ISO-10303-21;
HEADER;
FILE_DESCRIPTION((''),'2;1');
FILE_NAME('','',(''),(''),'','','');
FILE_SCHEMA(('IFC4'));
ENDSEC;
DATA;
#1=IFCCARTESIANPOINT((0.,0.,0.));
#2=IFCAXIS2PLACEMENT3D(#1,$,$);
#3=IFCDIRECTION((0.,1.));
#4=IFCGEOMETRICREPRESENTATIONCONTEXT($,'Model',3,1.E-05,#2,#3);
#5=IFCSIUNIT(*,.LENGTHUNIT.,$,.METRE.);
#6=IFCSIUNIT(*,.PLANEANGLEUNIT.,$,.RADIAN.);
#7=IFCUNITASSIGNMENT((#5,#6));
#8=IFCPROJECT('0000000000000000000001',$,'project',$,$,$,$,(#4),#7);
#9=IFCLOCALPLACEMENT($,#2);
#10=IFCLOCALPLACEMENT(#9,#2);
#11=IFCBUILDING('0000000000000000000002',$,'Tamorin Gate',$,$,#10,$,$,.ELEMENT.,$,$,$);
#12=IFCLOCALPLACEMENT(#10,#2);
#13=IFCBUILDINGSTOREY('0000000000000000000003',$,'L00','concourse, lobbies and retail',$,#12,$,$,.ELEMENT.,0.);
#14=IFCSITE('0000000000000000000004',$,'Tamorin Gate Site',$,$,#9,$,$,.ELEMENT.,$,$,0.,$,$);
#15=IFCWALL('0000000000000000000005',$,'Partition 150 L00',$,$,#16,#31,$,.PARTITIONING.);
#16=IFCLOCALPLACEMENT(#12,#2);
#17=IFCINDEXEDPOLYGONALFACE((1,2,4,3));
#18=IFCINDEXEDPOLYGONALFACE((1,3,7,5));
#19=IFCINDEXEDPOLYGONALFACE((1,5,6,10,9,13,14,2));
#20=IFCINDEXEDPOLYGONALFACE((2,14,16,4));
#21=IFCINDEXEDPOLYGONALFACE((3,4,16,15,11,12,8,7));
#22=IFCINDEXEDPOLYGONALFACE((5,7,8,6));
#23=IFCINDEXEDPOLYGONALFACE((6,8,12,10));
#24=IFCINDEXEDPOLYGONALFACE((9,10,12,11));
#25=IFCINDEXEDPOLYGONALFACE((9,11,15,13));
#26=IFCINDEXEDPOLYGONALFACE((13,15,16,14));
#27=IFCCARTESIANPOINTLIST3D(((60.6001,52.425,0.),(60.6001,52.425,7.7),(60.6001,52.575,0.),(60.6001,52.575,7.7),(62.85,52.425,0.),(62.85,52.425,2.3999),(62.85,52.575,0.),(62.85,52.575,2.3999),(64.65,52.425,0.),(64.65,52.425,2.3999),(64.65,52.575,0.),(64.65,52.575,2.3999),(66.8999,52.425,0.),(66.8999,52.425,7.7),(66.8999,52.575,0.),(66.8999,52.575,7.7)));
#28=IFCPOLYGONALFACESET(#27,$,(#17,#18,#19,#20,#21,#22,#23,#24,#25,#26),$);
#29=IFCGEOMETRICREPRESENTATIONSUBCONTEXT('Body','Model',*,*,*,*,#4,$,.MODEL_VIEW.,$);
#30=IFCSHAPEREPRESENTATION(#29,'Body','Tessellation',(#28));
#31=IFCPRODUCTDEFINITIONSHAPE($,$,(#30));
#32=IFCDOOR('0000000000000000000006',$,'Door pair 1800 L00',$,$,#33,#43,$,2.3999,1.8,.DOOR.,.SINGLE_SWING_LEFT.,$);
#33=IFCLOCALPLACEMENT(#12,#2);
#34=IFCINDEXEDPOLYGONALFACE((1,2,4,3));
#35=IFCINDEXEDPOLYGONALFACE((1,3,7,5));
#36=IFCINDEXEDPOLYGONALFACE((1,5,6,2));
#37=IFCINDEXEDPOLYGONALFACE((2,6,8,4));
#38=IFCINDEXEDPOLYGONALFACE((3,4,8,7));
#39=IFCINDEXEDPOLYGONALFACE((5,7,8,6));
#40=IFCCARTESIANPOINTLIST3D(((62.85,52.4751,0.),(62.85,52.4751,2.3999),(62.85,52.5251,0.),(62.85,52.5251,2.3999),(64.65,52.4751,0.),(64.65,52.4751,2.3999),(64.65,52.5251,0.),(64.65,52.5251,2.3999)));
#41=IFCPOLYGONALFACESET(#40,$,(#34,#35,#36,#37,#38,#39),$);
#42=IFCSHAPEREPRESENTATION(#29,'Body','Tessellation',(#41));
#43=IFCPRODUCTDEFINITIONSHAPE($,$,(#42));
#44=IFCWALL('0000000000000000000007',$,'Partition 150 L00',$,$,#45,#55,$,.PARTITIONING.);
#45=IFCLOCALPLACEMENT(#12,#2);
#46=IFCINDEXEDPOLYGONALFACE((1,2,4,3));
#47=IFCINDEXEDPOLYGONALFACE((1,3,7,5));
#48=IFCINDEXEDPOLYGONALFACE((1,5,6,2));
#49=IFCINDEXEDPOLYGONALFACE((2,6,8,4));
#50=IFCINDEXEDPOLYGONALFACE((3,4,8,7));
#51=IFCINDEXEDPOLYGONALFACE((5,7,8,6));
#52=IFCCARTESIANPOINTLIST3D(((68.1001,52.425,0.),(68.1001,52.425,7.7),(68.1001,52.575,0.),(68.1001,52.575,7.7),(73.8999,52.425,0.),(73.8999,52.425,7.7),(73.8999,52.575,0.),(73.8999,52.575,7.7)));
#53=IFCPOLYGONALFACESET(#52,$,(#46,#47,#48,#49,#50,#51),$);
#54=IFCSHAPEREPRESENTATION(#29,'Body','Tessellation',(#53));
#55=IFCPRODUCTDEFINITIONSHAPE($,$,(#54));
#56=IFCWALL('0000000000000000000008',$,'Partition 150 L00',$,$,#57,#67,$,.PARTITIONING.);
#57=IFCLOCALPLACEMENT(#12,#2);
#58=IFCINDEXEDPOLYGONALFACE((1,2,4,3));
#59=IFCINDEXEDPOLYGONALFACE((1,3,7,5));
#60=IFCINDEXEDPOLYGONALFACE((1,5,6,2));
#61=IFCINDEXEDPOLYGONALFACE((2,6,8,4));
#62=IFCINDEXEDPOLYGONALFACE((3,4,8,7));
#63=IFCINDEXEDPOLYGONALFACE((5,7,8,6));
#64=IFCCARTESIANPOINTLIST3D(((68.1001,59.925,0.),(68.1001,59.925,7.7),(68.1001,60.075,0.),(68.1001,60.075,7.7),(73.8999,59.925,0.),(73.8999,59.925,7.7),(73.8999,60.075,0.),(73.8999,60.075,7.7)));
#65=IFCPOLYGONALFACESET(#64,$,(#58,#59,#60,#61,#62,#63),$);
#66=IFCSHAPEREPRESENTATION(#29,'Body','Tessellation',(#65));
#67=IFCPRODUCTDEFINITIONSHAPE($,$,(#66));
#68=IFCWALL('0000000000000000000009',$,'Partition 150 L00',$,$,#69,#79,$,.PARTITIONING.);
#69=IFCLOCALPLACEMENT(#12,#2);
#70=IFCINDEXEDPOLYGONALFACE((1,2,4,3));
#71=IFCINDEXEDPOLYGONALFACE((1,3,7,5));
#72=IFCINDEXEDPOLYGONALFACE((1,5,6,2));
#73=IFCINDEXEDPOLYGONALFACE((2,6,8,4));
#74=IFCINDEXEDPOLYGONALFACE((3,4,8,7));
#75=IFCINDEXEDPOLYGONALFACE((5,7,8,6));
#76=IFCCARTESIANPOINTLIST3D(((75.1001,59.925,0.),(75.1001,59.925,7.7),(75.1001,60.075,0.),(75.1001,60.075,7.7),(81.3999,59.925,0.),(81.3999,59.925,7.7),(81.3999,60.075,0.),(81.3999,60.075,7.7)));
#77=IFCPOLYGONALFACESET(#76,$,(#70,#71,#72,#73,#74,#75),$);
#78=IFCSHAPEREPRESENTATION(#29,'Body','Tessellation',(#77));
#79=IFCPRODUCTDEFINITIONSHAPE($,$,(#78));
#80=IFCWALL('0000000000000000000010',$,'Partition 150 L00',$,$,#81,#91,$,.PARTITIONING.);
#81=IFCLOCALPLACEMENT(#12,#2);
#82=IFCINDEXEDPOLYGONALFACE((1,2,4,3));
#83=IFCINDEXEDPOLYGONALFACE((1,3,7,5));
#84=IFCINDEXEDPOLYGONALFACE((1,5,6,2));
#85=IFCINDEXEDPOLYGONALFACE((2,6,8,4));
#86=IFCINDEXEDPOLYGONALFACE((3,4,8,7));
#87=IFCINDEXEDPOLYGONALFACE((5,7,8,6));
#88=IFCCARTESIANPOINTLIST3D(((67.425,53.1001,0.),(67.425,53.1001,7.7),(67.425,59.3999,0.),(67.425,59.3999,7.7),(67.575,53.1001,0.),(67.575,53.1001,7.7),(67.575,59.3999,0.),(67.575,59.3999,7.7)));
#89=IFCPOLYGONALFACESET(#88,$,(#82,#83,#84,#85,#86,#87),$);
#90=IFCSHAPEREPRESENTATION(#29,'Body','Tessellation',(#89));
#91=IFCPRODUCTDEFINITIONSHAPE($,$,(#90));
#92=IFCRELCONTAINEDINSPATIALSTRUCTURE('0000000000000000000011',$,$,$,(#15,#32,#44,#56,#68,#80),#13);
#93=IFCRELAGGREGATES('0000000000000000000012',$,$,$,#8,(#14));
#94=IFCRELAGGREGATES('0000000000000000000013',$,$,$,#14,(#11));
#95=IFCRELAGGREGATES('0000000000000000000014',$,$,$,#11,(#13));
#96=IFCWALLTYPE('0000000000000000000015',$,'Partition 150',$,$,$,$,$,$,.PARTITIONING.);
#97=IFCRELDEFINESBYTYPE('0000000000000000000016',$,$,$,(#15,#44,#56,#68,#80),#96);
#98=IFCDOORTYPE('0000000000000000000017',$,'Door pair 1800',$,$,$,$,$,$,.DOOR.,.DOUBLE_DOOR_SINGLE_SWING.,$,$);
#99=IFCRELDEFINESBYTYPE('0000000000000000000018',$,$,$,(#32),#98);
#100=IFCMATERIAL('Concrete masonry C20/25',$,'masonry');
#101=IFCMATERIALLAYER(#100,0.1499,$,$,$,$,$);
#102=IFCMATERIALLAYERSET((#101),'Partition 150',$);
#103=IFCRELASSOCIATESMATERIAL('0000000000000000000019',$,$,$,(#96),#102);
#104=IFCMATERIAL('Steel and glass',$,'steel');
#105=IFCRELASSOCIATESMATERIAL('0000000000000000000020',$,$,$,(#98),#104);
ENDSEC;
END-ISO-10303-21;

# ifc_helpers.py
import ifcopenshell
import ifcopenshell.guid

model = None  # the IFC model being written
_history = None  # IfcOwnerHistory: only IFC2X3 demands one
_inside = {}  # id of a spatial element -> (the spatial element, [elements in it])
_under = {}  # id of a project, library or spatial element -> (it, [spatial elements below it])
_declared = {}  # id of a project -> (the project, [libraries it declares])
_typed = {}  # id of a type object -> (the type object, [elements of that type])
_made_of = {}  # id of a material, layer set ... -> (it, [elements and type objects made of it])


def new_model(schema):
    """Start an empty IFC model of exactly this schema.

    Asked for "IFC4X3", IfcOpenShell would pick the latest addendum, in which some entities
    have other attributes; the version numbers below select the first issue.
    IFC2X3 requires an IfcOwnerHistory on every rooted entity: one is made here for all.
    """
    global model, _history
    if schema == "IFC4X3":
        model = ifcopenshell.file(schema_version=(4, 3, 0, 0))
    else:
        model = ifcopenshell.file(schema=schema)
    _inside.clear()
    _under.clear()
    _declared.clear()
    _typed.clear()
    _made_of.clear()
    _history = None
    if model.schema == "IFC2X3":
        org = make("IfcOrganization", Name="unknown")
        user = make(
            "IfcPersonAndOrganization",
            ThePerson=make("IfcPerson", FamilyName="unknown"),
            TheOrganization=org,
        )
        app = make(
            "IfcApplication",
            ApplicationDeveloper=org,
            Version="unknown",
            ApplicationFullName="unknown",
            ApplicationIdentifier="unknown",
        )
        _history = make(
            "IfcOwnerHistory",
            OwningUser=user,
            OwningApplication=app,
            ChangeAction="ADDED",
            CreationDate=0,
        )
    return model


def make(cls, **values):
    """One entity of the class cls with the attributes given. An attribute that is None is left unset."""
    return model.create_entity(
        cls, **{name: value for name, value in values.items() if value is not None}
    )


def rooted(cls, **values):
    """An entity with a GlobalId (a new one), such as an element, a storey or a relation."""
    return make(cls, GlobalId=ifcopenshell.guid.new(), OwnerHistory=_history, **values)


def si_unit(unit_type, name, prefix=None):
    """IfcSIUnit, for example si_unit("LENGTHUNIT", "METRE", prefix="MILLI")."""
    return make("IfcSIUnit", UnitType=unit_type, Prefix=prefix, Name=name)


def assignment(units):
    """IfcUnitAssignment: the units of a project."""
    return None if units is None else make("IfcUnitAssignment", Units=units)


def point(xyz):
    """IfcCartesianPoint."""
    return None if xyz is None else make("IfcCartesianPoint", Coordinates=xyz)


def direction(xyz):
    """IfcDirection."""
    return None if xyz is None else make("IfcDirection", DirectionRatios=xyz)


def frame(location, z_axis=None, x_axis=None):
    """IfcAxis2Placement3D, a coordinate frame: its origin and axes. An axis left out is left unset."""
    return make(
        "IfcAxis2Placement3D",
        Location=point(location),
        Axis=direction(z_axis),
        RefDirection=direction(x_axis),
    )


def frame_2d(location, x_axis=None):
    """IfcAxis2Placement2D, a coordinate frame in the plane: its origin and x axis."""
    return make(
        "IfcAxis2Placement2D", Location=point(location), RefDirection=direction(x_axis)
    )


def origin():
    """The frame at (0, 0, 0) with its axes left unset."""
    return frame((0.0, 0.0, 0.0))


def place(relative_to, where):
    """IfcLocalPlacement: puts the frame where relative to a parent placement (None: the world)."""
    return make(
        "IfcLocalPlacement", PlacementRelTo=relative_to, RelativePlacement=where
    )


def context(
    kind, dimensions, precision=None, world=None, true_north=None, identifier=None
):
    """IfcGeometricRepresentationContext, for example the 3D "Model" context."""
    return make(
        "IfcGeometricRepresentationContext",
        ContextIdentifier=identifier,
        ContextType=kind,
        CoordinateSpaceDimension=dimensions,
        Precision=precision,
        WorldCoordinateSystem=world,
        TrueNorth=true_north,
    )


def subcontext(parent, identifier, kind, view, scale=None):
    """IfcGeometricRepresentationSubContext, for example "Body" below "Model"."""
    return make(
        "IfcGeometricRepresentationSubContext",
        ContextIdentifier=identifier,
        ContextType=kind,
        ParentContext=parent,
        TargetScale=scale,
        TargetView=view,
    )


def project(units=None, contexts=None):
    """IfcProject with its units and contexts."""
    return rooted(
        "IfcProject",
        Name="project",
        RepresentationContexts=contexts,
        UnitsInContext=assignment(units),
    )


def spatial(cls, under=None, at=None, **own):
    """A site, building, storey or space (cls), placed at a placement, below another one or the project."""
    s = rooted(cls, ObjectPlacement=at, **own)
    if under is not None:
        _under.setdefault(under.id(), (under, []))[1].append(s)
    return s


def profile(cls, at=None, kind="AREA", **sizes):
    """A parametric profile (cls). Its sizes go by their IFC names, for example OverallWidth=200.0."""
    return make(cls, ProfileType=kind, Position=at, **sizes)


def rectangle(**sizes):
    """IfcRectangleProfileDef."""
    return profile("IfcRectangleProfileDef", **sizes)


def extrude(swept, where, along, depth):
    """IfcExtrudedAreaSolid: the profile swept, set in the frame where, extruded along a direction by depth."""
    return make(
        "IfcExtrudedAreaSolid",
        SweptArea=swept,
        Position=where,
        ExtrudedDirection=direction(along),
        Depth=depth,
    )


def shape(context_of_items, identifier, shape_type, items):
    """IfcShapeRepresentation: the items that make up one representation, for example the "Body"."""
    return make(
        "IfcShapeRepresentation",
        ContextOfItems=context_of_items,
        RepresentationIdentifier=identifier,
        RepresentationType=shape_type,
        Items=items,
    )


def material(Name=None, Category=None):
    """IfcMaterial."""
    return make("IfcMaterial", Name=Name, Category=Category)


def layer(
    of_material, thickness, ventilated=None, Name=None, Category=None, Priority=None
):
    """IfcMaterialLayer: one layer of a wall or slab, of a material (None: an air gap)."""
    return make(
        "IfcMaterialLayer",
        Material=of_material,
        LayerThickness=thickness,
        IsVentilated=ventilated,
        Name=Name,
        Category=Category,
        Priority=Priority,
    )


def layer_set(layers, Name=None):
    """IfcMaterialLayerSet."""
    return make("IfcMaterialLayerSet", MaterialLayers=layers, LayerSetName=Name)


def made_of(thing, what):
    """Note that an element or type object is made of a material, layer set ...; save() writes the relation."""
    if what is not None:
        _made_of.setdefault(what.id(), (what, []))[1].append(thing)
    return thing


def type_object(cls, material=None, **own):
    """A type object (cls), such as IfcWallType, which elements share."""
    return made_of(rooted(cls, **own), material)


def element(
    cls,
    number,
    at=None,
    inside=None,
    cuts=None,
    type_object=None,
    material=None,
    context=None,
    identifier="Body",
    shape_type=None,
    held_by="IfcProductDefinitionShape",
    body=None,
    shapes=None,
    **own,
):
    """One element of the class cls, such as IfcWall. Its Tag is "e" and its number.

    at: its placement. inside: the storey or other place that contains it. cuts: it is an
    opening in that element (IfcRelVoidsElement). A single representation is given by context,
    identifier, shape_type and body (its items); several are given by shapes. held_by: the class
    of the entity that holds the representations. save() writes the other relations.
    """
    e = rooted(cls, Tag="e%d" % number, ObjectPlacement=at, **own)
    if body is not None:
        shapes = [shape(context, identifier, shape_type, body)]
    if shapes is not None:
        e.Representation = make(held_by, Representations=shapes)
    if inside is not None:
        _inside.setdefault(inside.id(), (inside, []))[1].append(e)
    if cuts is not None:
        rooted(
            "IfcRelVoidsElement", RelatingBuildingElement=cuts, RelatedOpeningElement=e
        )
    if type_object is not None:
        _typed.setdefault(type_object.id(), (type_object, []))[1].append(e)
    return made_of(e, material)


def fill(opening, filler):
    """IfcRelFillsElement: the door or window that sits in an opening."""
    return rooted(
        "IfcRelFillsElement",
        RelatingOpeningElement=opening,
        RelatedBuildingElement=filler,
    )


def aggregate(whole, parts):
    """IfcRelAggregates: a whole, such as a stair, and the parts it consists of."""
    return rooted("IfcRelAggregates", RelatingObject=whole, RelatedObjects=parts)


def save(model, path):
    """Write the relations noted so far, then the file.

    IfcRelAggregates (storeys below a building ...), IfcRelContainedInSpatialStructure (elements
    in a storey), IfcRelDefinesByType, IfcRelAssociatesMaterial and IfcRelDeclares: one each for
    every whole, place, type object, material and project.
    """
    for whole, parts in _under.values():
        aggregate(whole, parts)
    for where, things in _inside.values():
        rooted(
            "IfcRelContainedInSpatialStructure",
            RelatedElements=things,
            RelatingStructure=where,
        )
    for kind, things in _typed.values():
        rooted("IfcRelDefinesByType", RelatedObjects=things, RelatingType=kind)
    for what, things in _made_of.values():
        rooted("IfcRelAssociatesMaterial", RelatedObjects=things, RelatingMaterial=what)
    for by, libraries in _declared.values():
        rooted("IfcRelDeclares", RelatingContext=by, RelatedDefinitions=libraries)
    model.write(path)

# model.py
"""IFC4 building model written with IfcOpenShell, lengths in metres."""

from ifc_helpers import new_model, si_unit, direction, frame, frame_2d, origin, place, context, subcontext, project, spatial, rectangle, extrude, material, layer, layer_set, type_object, element, fill, save


model = new_model("IFC4")

# Units and contexts
model_context = context("Model", 3, precision=1e-05, world=origin(), true_north=direction((0.0, 1.0)))
body_context = subcontext(model_context, "Body", "Model", "MODEL_VIEW")
ifc_project = project(units=[si_unit("LENGTHUNIT", "METRE"), si_unit("PLANEANGLEUNIT", "RADIAN")], contexts=[model_context])

# Site, building, storey
site_placement = place(None, origin())
site = spatial("IfcSite", under=ifc_project, at=site_placement, Name="Tamorin Gate Site", CompositionType="ELEMENT", RefElevation=0.0)
building_placement = place(site_placement, origin())
building = spatial("IfcBuilding", under=site, at=building_placement, Name="Tamorin Gate", CompositionType="ELEMENT")
storey_placement = place(building_placement, origin())
storey = spatial("IfcBuildingStorey", under=building, at=storey_placement, Name="L00", Description="concourse, lobbies and retail", CompositionType="ELEMENT", Elevation=0.0)

# Wall, opening, door
ifc_material_1 = material(Name="Concrete masonry C20/25", Category="masonry")
ifc_layer_1 = layer(ifc_material_1, 0.1499)
ifc_layer_set_1 = layer_set([ifc_layer_1], Name="Partition 150")
wall_type_1 = type_object("IfcWallType", Name="Partition 150", PredefinedType="PARTITIONING", material=ifc_layer_set_1)
wall_1_placement = place(storey_placement, frame((66.8999, 52.5, 0.0), z_axis=(0.0, 0.0, 1.0), x_axis=(-1.0, 0.0, 0.0)))
wall_1 = element("IfcWall", 1, at=wall_1_placement, inside=storey, type_object=wall_type_1, Name="Partition 150 L00", PredefinedType="PARTITIONING", context=body_context, shape_type="SweptSolid", body=[
    extrude(rectangle(XDim=6.2998, YDim=0.1499, at=frame_2d((3.1499, 0.0))), origin(), (0.0, 0.0, 1.0), 7.7),
])
opening_1_placement = place(wall_1_placement, frame((2.25, 0.0, 0.0)))
opening_1 = element("IfcOpeningElement", 2, at=opening_1_placement, cuts=wall_1, PredefinedType="OPENING", context=body_context, shape_type="SweptSolid", body=[
    extrude(rectangle(XDim=1.8, YDim=2.3999, at=frame_2d((0.8999, 1.2))), frame((0.0, 0.085, 0.0), z_axis=(0.0, -1.0, 0.0), x_axis=(1.0, 0.0, 0.0)), (0.0, 0.0, 1.0), 0.1699),
])
ifc_material_2 = material(Name="Steel and glass", Category="steel")
door_type_1 = type_object("IfcDoorType", Name="Door pair 1800", OperationType="DOUBLE_DOOR_SINGLE_SWING", PredefinedType="DOOR", material=ifc_material_2)
door_1_placement = place(opening_1_placement, origin())
door_1 = element("IfcDoor", 3, at=door_1_placement, inside=storey, type_object=door_type_1, Name="Door pair 1800 L00", OperationType="SINGLE_SWING_LEFT", OverallHeight=2.3999, OverallWidth=1.8, PredefinedType="DOOR", context=body_context, shape_type="SweptSolid", body=[
    extrude(rectangle(XDim=1.8, YDim=2.3999, at=frame_2d((0.8999, 1.2))), frame((0.0, 0.0249, 0.0), z_axis=(0.0, -1.0, 0.0), x_axis=(1.0, 0.0, 0.0)), (0.0, 0.0, 1.0), 0.05),
])
fill(opening_1, door_1)

# Walls
for number, where, z_axis, x_axis, name in (
    (4, (68.1001, 52.5, 0.0), (0.0, 0.0, 1.0), (1.0, 0.0, 0.0), "Partition 150 L00"),
    (5, (68.1001, 60.0, 0.0), (0.0, 0.0, 1.0), (1.0, 0.0, 0.0), "Partition 150 L00"),
):
    element("IfcWall", number, at=place(storey_placement, frame(where, z_axis=z_axis, x_axis=x_axis)), inside=storey, type_object=wall_type_1, Name=name, PredefinedType="PARTITIONING", context=body_context, shape_type="SweptSolid", body=[
        extrude(rectangle(XDim=5.7998, YDim=0.1499, at=frame_2d((2.8999, 0.0))), origin(), (0.0, 0.0, 1.0), 7.7),
    ])
for number, where, z_axis, x_axis, name in (
    (6, (75.1001, 60.0, 0.0), (0.0, 0.0, 1.0), (1.0, 0.0, 0.0), "Partition 150 L00"),
    (7, (67.5, 53.1001, 0.0), (0.0, 0.0, 1.0), (0.0, 1.0, 0.0), "Partition 150 L00"),
):
    element("IfcWall", number, at=place(storey_placement, frame(where, z_axis=z_axis, x_axis=x_axis)), inside=storey, type_object=wall_type_1, Name=name, PredefinedType="PARTITIONING", context=body_context, shape_type="SweptSolid", body=[
        extrude(rectangle(XDim=6.2998, YDim=0.1499, at=frame_2d((3.1499, 0.0))), origin(), (0.0, 0.0, 1.0), 7.7),
    ])

save(model, "model.ifc")
